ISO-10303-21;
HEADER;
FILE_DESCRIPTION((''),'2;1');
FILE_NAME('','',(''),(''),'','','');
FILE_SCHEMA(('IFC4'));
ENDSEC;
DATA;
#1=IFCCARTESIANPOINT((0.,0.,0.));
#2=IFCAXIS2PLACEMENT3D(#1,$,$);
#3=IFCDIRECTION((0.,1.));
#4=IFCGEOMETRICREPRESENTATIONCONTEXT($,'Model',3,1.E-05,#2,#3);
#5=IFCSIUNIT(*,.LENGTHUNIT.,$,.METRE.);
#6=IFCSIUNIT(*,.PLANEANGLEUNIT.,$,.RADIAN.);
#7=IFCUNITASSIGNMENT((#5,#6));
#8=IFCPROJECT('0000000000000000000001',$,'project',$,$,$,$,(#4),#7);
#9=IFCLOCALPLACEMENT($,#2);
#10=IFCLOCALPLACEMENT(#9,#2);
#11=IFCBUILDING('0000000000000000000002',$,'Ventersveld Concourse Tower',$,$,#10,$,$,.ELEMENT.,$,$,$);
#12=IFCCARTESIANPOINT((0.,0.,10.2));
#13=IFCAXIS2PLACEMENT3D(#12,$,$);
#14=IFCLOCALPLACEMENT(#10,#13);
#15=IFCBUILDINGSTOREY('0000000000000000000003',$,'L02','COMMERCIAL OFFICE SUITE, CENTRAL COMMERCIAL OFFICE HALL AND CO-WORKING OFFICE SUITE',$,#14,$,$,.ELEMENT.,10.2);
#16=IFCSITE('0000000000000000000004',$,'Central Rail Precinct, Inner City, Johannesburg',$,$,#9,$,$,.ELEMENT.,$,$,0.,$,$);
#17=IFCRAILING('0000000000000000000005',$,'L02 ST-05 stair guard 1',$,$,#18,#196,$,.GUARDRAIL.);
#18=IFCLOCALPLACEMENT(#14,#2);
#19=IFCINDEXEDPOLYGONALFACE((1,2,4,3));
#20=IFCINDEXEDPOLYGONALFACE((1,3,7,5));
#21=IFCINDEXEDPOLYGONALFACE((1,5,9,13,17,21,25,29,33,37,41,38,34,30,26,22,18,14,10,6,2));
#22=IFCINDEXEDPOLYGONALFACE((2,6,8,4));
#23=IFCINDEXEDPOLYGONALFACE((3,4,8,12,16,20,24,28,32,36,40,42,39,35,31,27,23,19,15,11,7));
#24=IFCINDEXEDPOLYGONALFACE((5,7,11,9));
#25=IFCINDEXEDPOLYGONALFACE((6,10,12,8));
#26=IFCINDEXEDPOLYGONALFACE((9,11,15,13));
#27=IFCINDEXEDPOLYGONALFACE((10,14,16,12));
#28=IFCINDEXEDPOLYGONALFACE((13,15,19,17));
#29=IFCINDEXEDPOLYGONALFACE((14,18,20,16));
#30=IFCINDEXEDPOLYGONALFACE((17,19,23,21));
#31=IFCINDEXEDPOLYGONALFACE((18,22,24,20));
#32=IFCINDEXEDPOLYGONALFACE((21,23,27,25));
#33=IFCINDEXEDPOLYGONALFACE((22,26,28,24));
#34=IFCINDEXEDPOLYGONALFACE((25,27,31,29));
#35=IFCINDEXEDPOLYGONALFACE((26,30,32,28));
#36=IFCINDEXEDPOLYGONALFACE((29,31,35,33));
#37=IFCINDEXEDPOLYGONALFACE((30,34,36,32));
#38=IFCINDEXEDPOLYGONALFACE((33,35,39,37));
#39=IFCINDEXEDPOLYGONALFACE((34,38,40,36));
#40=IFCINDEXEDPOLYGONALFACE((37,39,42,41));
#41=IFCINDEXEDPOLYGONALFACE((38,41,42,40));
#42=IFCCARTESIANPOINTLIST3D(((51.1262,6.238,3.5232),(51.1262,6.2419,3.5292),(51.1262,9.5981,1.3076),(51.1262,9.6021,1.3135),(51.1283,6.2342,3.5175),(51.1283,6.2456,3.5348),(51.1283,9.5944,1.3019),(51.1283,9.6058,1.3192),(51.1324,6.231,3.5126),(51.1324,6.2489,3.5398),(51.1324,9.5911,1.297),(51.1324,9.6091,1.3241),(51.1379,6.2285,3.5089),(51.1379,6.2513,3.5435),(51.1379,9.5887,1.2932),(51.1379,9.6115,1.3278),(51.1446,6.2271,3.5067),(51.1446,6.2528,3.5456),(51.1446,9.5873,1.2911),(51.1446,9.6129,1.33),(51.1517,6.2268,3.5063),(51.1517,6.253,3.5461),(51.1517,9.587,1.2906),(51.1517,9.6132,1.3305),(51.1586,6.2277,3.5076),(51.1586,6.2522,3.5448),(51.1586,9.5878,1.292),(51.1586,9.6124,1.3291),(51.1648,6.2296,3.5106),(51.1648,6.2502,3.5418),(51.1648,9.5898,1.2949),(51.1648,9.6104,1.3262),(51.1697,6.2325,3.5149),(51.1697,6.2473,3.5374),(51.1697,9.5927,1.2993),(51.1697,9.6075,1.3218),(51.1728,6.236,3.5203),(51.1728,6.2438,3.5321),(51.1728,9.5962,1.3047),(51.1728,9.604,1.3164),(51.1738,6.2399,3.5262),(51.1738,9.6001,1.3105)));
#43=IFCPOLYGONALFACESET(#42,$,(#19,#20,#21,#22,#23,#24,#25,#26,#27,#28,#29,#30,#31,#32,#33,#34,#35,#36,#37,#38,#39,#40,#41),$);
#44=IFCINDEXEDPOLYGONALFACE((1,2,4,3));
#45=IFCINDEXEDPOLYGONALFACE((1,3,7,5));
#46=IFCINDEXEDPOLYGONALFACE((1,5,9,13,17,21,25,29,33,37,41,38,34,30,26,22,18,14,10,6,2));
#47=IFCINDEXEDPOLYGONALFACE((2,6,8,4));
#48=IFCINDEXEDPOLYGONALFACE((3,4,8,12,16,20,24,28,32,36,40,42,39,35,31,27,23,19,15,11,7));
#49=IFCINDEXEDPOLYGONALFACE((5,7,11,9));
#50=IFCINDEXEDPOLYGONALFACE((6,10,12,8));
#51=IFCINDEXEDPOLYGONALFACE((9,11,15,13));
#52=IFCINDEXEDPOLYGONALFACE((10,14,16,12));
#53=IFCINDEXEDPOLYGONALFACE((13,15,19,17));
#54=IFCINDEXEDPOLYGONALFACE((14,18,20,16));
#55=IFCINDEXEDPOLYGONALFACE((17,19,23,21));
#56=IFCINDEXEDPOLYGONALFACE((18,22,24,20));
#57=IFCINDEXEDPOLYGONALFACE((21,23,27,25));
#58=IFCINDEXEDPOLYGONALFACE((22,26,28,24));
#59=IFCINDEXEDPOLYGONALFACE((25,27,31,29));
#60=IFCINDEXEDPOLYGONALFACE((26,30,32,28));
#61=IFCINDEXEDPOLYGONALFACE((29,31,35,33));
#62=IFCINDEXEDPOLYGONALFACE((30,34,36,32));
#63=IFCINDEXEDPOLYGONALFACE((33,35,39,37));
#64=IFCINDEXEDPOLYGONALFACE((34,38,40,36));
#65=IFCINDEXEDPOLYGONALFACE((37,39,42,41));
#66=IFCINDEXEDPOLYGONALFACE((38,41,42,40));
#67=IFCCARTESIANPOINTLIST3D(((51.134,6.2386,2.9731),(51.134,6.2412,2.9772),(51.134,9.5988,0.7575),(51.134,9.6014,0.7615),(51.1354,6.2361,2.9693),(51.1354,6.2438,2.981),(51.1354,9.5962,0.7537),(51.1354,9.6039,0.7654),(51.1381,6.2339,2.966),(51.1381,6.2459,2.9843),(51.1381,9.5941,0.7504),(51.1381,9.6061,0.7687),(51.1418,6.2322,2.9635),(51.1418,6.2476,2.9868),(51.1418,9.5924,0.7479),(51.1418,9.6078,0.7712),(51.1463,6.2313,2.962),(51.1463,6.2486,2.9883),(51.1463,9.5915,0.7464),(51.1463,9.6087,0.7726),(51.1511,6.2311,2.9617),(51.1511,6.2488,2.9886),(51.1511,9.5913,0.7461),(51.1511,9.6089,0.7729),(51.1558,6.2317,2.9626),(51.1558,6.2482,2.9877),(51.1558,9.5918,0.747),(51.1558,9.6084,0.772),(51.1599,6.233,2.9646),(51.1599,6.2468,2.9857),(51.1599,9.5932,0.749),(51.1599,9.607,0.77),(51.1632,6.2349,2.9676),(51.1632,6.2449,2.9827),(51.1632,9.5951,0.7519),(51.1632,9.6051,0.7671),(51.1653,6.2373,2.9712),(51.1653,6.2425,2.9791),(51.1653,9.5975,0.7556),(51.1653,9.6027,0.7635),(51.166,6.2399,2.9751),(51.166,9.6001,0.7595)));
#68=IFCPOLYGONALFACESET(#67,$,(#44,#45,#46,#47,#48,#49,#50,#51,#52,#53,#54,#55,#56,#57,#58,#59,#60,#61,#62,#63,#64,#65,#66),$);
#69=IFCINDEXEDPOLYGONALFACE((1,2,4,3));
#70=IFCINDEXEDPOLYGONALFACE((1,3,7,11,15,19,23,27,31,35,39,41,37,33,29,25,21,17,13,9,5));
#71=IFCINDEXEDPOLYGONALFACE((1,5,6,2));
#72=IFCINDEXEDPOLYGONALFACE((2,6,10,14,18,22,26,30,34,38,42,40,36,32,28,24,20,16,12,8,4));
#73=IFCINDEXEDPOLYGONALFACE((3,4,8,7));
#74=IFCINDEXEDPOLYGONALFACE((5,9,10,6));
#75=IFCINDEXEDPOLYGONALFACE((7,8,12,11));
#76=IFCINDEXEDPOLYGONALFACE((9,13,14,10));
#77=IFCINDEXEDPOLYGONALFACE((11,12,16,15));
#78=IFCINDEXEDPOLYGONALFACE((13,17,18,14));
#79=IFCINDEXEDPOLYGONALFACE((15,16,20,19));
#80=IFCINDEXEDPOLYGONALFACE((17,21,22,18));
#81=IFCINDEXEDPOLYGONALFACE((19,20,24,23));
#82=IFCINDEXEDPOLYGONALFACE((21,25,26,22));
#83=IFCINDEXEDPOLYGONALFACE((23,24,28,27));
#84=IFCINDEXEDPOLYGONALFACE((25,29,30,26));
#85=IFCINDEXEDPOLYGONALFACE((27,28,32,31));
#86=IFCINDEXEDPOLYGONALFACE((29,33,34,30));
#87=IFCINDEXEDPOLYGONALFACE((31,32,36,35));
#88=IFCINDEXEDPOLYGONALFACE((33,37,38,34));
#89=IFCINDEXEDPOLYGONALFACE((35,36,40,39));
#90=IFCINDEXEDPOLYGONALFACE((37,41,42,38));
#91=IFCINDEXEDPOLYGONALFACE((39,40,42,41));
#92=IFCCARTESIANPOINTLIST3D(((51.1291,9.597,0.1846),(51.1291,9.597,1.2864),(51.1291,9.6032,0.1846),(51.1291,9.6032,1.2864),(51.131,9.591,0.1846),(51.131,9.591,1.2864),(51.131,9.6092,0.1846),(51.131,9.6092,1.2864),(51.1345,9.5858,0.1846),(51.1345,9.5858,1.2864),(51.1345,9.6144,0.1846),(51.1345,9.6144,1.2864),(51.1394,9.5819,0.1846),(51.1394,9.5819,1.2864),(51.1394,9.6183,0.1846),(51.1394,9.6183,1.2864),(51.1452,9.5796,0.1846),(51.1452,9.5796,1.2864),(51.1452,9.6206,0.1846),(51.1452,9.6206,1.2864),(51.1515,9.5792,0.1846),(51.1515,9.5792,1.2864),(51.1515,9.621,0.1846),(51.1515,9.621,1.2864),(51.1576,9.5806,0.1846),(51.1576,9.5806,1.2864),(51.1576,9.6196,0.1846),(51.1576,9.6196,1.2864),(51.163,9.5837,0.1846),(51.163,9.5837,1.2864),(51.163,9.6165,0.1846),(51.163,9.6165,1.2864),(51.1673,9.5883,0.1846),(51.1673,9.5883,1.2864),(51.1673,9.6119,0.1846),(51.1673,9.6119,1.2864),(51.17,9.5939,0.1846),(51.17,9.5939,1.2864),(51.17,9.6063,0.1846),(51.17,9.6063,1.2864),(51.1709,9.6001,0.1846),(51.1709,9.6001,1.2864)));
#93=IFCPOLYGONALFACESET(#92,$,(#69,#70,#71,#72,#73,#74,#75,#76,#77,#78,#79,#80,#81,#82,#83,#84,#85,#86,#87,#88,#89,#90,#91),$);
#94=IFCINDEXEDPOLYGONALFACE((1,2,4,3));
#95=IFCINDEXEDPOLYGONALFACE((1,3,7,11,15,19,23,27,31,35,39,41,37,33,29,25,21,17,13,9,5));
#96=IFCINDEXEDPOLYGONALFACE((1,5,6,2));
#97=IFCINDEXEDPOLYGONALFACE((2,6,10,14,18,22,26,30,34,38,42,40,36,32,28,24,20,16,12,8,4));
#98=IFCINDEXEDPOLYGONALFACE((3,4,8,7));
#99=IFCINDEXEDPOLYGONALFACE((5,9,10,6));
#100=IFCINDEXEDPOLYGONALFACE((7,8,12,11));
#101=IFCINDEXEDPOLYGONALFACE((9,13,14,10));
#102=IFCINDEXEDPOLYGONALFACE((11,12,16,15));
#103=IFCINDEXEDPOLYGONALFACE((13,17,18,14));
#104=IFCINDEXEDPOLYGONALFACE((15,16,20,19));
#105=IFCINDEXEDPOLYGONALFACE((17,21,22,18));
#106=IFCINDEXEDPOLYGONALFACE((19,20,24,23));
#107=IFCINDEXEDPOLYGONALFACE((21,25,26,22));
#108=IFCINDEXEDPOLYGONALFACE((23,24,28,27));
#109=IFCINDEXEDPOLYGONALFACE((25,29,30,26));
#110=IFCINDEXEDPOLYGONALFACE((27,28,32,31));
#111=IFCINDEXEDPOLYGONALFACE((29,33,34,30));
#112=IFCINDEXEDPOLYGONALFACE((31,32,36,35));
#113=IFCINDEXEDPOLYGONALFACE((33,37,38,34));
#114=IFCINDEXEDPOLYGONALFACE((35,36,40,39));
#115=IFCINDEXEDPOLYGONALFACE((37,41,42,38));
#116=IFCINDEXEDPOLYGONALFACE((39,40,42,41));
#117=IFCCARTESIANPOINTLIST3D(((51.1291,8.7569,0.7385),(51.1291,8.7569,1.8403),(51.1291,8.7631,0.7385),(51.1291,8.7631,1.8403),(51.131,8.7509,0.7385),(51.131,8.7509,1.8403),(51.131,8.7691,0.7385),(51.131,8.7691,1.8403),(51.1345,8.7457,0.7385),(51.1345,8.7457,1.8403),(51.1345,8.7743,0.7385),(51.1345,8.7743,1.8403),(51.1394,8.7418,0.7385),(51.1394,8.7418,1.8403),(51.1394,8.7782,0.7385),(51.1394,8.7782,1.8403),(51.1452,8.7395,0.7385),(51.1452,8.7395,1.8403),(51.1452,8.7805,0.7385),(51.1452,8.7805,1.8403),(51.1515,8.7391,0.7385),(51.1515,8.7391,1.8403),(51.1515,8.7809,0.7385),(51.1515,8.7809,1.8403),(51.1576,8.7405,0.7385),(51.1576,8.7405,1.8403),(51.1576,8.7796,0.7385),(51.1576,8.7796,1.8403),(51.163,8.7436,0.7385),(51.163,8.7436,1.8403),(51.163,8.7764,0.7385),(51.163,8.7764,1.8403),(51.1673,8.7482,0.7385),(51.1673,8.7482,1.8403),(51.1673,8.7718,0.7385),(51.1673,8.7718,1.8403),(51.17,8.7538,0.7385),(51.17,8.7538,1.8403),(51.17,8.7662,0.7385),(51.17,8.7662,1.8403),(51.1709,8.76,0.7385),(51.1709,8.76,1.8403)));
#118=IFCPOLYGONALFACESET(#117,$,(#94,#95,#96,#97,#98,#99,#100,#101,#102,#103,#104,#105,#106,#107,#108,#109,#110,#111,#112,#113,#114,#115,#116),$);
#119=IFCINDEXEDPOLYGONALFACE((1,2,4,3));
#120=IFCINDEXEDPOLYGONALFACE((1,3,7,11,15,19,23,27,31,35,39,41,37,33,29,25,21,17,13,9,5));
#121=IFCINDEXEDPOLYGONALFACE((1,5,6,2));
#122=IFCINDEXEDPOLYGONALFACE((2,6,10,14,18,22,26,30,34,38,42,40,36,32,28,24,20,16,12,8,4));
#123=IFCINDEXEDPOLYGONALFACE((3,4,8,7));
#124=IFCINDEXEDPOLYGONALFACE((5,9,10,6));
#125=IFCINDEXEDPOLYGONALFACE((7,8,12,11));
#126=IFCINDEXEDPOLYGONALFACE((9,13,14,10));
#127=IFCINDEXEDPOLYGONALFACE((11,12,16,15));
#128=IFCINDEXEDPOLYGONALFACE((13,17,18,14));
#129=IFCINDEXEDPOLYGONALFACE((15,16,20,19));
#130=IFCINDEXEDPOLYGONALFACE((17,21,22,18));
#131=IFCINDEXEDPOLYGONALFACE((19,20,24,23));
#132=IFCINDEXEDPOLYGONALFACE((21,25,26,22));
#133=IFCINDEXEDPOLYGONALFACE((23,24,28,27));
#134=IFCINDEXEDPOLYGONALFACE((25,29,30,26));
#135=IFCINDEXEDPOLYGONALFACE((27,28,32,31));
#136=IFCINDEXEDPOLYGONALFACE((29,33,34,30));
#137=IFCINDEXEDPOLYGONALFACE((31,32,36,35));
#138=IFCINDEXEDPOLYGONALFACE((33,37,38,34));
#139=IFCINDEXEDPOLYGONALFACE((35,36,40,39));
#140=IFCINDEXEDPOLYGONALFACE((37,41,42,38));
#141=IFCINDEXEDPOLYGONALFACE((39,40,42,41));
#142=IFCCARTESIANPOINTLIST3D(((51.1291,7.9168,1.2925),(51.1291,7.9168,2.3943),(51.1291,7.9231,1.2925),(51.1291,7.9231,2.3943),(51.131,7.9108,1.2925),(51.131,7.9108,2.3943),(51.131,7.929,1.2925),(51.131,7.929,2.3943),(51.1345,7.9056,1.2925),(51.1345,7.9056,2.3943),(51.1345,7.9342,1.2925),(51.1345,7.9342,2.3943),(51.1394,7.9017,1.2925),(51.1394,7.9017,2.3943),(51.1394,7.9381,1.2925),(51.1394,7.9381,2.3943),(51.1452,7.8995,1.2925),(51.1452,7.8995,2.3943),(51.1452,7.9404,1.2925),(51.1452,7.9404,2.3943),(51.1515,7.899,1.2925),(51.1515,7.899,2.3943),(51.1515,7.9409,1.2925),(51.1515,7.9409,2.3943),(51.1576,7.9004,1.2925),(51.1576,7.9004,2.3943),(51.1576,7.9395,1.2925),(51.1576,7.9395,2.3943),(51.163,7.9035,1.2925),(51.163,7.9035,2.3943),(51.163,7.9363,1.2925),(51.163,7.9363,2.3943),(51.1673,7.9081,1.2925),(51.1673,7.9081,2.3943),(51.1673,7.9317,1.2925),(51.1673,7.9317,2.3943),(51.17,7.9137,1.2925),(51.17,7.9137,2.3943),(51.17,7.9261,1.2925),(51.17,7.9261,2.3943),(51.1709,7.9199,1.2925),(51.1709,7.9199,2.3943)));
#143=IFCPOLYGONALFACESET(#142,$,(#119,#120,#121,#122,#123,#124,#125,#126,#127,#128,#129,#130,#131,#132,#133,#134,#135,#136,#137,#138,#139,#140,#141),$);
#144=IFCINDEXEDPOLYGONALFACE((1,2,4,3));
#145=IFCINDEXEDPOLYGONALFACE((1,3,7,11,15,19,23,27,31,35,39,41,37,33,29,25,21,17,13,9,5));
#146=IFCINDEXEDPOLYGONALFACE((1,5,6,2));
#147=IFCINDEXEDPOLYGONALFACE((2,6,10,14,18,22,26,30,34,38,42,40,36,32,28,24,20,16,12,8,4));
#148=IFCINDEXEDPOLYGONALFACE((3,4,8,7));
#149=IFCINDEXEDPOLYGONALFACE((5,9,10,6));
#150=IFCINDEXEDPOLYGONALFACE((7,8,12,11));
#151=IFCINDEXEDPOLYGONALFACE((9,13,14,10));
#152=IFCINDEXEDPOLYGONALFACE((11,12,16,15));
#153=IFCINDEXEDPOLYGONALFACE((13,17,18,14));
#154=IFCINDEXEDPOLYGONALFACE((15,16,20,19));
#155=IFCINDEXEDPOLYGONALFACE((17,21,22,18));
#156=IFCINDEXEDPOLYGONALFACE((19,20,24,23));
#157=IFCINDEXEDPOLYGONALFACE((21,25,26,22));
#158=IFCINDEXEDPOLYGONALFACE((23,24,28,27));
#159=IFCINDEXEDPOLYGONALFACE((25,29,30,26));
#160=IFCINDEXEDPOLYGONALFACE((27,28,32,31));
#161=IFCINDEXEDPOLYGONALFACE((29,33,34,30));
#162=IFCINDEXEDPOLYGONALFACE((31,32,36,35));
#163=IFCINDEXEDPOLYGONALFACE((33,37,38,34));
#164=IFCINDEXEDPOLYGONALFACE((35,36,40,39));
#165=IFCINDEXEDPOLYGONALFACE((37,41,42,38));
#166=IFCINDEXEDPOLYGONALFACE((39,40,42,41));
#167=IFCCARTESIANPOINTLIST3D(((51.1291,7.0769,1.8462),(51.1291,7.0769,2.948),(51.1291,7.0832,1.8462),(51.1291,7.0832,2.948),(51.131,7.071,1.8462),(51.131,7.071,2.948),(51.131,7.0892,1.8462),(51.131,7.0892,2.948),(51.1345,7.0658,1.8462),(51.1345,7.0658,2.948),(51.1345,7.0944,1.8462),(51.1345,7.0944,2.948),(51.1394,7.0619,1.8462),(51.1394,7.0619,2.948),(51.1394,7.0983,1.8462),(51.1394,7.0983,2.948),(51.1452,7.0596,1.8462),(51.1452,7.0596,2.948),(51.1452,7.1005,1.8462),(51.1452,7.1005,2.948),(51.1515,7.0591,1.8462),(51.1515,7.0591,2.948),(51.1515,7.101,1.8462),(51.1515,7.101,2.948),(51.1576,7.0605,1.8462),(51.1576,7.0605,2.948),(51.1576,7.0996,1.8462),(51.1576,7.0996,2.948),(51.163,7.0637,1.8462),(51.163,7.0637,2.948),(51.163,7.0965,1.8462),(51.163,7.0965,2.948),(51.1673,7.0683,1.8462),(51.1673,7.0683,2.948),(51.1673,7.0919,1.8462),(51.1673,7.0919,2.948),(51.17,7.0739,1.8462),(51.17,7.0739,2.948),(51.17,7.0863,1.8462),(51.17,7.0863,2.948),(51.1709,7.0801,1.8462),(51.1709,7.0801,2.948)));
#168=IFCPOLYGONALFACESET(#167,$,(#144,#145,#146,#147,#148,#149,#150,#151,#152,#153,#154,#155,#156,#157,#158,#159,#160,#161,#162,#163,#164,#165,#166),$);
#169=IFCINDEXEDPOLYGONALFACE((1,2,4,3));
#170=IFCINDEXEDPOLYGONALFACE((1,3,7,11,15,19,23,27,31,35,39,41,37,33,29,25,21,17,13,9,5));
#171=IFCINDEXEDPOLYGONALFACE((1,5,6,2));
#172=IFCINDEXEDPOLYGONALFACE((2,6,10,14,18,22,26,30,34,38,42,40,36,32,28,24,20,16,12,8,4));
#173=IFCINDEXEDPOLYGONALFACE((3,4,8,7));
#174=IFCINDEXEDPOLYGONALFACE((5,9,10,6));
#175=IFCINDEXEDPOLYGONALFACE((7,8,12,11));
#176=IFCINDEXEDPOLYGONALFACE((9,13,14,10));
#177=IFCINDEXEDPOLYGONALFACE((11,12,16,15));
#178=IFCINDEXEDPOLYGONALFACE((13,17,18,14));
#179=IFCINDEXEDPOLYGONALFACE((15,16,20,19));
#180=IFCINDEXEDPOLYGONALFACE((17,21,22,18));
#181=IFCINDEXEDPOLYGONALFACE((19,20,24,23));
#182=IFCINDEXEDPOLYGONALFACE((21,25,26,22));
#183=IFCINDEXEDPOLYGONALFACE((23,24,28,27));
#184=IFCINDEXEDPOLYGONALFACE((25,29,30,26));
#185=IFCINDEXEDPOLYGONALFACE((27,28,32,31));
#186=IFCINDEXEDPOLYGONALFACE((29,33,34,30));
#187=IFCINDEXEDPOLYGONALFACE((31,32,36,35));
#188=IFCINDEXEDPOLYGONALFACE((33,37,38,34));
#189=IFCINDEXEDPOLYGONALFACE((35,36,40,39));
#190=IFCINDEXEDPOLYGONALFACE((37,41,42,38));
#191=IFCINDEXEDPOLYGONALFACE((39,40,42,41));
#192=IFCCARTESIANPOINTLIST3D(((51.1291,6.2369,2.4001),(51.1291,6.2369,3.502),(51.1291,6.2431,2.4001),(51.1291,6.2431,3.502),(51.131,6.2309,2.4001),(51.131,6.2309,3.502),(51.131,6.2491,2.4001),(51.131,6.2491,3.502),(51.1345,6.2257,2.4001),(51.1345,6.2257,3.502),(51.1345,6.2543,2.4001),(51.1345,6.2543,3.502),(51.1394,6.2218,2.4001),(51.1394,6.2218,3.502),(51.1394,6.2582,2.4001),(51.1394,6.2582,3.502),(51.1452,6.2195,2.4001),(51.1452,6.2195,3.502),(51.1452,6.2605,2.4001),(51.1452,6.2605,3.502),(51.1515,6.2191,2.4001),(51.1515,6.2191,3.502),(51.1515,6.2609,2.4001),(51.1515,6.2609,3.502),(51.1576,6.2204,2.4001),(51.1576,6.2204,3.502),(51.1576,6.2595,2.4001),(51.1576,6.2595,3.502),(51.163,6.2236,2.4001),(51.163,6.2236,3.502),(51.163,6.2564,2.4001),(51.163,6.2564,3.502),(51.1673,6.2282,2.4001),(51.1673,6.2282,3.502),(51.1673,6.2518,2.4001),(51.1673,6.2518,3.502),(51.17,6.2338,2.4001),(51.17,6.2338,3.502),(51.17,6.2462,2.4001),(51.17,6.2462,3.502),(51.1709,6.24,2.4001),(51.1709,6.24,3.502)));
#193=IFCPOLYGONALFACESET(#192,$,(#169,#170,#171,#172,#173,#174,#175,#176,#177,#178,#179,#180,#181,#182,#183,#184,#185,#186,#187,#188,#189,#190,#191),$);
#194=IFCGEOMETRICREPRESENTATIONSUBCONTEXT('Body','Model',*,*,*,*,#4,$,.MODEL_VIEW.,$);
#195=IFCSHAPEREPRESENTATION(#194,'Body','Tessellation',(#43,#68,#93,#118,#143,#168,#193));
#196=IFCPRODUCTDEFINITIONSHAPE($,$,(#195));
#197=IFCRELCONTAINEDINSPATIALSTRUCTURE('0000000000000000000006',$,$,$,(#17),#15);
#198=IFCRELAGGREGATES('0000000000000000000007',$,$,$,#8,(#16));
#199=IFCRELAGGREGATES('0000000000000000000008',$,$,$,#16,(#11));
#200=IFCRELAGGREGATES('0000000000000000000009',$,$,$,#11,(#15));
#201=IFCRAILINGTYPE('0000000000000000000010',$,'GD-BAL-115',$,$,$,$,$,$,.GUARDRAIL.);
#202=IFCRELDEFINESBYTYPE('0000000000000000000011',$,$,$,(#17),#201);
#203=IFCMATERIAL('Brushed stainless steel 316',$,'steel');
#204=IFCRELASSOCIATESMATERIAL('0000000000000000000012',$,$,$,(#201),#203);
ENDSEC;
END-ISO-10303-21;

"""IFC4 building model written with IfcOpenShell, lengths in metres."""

from ifc_helpers import new_model, si_unit, direction, frame, origin, origin_2d, place, context, subcontext, project, spatial, circle, extrude, material, type_object, element, save


model = new_model("IFC4")

# Units and contexts
model_context = context("Model", 3, precision=1e-05, world=origin(), true_north=direction((0.0, 1.0)))
body_context = subcontext(model_context, "Body", "Model", "MODEL_VIEW")
ifc_project = project(units=[si_unit("LENGTHUNIT", "METRE"), si_unit("PLANEANGLEUNIT", "RADIAN")], contexts=[model_context])

# Site, building, storey
site_placement = place(None, origin())
site = spatial("IfcSite", under=ifc_project, at=site_placement, Name="Central Rail Precinct, Inner City, Johannesburg", CompositionType="ELEMENT", RefElevation=0.0)
building_placement = place(site_placement, origin())
building = spatial("IfcBuilding", under=site, at=building_placement, Name="Ventersveld Concourse Tower", CompositionType="ELEMENT")
storey_placement = place(building_placement, frame((0.0, 0.0, 10.2)))
storey = spatial("IfcBuildingStorey", under=building, at=storey_placement, Name="L02", Description="COMMERCIAL OFFICE SUITE, CENTRAL COMMERCIAL OFFICE HALL AND CO-WORKING OFFICE SUITE", CompositionType="ELEMENT", Elevation=10.2)

# Railing
ifc_material_1 = material(Name="Brushed stainless steel 316", Category="steel")
railing_type_1 = type_object("IfcRailingType", Name="GD-BAL-115", PredefinedType="GUARDRAIL", material=ifc_material_1)
railing_1_placement = place(storey_placement, frame((51.1499, 9.6001, 0.1846)))
element("IfcRailing", 1, at=railing_1_placement, inside=storey, type_object=railing_type_1, Name="L02 ST-05 stair guard 1", PredefinedType="GUARDRAIL", context=body_context, shape_type="SweptSolid", body=[
    extrude(circle(Radius=0.0239, at=origin_2d()), frame((0.0, 0.0, 1.126), z_axis=(0.0, -0.834849, 0.55048), x_axis=(1.0, 0.0, 0.0)), (0.0, 0.0, 1.0), 4.0249),
    extrude(circle(Radius=0.0161, at=origin_2d()), frame((0.0, 0.0, 0.575), z_axis=(0.0, -0.834849, 0.55048), x_axis=(1.0, 0.0, 0.0)), (0.0, 0.0, 1.0), 4.0249),
    extrude(circle(Radius=0.021, at=origin_2d()), origin(), (0.0, 0.0, 1.0), 1.1018),
    extrude(circle(Radius=0.021, at=origin_2d()), frame((0.0, -0.8401, 0.554)), (0.0, 0.0, 1.0), 1.1018),
    extrude(circle(Radius=0.021, at=origin_2d()), frame((0.0, -1.6802, 1.1079)), (0.0, 0.0, 1.0), 1.1018),
    extrude(circle(Radius=0.021, at=origin_2d()), frame((0.0, -2.52, 1.6616)), (0.0, 0.0, 1.0), 1.1018),
    extrude(circle(Radius=0.021, at=origin_2d()), frame((0.0, -3.3601, 2.2156)), (0.0, 0.0, 1.0), 1.1018),
])

save(model, "model.ifc")
